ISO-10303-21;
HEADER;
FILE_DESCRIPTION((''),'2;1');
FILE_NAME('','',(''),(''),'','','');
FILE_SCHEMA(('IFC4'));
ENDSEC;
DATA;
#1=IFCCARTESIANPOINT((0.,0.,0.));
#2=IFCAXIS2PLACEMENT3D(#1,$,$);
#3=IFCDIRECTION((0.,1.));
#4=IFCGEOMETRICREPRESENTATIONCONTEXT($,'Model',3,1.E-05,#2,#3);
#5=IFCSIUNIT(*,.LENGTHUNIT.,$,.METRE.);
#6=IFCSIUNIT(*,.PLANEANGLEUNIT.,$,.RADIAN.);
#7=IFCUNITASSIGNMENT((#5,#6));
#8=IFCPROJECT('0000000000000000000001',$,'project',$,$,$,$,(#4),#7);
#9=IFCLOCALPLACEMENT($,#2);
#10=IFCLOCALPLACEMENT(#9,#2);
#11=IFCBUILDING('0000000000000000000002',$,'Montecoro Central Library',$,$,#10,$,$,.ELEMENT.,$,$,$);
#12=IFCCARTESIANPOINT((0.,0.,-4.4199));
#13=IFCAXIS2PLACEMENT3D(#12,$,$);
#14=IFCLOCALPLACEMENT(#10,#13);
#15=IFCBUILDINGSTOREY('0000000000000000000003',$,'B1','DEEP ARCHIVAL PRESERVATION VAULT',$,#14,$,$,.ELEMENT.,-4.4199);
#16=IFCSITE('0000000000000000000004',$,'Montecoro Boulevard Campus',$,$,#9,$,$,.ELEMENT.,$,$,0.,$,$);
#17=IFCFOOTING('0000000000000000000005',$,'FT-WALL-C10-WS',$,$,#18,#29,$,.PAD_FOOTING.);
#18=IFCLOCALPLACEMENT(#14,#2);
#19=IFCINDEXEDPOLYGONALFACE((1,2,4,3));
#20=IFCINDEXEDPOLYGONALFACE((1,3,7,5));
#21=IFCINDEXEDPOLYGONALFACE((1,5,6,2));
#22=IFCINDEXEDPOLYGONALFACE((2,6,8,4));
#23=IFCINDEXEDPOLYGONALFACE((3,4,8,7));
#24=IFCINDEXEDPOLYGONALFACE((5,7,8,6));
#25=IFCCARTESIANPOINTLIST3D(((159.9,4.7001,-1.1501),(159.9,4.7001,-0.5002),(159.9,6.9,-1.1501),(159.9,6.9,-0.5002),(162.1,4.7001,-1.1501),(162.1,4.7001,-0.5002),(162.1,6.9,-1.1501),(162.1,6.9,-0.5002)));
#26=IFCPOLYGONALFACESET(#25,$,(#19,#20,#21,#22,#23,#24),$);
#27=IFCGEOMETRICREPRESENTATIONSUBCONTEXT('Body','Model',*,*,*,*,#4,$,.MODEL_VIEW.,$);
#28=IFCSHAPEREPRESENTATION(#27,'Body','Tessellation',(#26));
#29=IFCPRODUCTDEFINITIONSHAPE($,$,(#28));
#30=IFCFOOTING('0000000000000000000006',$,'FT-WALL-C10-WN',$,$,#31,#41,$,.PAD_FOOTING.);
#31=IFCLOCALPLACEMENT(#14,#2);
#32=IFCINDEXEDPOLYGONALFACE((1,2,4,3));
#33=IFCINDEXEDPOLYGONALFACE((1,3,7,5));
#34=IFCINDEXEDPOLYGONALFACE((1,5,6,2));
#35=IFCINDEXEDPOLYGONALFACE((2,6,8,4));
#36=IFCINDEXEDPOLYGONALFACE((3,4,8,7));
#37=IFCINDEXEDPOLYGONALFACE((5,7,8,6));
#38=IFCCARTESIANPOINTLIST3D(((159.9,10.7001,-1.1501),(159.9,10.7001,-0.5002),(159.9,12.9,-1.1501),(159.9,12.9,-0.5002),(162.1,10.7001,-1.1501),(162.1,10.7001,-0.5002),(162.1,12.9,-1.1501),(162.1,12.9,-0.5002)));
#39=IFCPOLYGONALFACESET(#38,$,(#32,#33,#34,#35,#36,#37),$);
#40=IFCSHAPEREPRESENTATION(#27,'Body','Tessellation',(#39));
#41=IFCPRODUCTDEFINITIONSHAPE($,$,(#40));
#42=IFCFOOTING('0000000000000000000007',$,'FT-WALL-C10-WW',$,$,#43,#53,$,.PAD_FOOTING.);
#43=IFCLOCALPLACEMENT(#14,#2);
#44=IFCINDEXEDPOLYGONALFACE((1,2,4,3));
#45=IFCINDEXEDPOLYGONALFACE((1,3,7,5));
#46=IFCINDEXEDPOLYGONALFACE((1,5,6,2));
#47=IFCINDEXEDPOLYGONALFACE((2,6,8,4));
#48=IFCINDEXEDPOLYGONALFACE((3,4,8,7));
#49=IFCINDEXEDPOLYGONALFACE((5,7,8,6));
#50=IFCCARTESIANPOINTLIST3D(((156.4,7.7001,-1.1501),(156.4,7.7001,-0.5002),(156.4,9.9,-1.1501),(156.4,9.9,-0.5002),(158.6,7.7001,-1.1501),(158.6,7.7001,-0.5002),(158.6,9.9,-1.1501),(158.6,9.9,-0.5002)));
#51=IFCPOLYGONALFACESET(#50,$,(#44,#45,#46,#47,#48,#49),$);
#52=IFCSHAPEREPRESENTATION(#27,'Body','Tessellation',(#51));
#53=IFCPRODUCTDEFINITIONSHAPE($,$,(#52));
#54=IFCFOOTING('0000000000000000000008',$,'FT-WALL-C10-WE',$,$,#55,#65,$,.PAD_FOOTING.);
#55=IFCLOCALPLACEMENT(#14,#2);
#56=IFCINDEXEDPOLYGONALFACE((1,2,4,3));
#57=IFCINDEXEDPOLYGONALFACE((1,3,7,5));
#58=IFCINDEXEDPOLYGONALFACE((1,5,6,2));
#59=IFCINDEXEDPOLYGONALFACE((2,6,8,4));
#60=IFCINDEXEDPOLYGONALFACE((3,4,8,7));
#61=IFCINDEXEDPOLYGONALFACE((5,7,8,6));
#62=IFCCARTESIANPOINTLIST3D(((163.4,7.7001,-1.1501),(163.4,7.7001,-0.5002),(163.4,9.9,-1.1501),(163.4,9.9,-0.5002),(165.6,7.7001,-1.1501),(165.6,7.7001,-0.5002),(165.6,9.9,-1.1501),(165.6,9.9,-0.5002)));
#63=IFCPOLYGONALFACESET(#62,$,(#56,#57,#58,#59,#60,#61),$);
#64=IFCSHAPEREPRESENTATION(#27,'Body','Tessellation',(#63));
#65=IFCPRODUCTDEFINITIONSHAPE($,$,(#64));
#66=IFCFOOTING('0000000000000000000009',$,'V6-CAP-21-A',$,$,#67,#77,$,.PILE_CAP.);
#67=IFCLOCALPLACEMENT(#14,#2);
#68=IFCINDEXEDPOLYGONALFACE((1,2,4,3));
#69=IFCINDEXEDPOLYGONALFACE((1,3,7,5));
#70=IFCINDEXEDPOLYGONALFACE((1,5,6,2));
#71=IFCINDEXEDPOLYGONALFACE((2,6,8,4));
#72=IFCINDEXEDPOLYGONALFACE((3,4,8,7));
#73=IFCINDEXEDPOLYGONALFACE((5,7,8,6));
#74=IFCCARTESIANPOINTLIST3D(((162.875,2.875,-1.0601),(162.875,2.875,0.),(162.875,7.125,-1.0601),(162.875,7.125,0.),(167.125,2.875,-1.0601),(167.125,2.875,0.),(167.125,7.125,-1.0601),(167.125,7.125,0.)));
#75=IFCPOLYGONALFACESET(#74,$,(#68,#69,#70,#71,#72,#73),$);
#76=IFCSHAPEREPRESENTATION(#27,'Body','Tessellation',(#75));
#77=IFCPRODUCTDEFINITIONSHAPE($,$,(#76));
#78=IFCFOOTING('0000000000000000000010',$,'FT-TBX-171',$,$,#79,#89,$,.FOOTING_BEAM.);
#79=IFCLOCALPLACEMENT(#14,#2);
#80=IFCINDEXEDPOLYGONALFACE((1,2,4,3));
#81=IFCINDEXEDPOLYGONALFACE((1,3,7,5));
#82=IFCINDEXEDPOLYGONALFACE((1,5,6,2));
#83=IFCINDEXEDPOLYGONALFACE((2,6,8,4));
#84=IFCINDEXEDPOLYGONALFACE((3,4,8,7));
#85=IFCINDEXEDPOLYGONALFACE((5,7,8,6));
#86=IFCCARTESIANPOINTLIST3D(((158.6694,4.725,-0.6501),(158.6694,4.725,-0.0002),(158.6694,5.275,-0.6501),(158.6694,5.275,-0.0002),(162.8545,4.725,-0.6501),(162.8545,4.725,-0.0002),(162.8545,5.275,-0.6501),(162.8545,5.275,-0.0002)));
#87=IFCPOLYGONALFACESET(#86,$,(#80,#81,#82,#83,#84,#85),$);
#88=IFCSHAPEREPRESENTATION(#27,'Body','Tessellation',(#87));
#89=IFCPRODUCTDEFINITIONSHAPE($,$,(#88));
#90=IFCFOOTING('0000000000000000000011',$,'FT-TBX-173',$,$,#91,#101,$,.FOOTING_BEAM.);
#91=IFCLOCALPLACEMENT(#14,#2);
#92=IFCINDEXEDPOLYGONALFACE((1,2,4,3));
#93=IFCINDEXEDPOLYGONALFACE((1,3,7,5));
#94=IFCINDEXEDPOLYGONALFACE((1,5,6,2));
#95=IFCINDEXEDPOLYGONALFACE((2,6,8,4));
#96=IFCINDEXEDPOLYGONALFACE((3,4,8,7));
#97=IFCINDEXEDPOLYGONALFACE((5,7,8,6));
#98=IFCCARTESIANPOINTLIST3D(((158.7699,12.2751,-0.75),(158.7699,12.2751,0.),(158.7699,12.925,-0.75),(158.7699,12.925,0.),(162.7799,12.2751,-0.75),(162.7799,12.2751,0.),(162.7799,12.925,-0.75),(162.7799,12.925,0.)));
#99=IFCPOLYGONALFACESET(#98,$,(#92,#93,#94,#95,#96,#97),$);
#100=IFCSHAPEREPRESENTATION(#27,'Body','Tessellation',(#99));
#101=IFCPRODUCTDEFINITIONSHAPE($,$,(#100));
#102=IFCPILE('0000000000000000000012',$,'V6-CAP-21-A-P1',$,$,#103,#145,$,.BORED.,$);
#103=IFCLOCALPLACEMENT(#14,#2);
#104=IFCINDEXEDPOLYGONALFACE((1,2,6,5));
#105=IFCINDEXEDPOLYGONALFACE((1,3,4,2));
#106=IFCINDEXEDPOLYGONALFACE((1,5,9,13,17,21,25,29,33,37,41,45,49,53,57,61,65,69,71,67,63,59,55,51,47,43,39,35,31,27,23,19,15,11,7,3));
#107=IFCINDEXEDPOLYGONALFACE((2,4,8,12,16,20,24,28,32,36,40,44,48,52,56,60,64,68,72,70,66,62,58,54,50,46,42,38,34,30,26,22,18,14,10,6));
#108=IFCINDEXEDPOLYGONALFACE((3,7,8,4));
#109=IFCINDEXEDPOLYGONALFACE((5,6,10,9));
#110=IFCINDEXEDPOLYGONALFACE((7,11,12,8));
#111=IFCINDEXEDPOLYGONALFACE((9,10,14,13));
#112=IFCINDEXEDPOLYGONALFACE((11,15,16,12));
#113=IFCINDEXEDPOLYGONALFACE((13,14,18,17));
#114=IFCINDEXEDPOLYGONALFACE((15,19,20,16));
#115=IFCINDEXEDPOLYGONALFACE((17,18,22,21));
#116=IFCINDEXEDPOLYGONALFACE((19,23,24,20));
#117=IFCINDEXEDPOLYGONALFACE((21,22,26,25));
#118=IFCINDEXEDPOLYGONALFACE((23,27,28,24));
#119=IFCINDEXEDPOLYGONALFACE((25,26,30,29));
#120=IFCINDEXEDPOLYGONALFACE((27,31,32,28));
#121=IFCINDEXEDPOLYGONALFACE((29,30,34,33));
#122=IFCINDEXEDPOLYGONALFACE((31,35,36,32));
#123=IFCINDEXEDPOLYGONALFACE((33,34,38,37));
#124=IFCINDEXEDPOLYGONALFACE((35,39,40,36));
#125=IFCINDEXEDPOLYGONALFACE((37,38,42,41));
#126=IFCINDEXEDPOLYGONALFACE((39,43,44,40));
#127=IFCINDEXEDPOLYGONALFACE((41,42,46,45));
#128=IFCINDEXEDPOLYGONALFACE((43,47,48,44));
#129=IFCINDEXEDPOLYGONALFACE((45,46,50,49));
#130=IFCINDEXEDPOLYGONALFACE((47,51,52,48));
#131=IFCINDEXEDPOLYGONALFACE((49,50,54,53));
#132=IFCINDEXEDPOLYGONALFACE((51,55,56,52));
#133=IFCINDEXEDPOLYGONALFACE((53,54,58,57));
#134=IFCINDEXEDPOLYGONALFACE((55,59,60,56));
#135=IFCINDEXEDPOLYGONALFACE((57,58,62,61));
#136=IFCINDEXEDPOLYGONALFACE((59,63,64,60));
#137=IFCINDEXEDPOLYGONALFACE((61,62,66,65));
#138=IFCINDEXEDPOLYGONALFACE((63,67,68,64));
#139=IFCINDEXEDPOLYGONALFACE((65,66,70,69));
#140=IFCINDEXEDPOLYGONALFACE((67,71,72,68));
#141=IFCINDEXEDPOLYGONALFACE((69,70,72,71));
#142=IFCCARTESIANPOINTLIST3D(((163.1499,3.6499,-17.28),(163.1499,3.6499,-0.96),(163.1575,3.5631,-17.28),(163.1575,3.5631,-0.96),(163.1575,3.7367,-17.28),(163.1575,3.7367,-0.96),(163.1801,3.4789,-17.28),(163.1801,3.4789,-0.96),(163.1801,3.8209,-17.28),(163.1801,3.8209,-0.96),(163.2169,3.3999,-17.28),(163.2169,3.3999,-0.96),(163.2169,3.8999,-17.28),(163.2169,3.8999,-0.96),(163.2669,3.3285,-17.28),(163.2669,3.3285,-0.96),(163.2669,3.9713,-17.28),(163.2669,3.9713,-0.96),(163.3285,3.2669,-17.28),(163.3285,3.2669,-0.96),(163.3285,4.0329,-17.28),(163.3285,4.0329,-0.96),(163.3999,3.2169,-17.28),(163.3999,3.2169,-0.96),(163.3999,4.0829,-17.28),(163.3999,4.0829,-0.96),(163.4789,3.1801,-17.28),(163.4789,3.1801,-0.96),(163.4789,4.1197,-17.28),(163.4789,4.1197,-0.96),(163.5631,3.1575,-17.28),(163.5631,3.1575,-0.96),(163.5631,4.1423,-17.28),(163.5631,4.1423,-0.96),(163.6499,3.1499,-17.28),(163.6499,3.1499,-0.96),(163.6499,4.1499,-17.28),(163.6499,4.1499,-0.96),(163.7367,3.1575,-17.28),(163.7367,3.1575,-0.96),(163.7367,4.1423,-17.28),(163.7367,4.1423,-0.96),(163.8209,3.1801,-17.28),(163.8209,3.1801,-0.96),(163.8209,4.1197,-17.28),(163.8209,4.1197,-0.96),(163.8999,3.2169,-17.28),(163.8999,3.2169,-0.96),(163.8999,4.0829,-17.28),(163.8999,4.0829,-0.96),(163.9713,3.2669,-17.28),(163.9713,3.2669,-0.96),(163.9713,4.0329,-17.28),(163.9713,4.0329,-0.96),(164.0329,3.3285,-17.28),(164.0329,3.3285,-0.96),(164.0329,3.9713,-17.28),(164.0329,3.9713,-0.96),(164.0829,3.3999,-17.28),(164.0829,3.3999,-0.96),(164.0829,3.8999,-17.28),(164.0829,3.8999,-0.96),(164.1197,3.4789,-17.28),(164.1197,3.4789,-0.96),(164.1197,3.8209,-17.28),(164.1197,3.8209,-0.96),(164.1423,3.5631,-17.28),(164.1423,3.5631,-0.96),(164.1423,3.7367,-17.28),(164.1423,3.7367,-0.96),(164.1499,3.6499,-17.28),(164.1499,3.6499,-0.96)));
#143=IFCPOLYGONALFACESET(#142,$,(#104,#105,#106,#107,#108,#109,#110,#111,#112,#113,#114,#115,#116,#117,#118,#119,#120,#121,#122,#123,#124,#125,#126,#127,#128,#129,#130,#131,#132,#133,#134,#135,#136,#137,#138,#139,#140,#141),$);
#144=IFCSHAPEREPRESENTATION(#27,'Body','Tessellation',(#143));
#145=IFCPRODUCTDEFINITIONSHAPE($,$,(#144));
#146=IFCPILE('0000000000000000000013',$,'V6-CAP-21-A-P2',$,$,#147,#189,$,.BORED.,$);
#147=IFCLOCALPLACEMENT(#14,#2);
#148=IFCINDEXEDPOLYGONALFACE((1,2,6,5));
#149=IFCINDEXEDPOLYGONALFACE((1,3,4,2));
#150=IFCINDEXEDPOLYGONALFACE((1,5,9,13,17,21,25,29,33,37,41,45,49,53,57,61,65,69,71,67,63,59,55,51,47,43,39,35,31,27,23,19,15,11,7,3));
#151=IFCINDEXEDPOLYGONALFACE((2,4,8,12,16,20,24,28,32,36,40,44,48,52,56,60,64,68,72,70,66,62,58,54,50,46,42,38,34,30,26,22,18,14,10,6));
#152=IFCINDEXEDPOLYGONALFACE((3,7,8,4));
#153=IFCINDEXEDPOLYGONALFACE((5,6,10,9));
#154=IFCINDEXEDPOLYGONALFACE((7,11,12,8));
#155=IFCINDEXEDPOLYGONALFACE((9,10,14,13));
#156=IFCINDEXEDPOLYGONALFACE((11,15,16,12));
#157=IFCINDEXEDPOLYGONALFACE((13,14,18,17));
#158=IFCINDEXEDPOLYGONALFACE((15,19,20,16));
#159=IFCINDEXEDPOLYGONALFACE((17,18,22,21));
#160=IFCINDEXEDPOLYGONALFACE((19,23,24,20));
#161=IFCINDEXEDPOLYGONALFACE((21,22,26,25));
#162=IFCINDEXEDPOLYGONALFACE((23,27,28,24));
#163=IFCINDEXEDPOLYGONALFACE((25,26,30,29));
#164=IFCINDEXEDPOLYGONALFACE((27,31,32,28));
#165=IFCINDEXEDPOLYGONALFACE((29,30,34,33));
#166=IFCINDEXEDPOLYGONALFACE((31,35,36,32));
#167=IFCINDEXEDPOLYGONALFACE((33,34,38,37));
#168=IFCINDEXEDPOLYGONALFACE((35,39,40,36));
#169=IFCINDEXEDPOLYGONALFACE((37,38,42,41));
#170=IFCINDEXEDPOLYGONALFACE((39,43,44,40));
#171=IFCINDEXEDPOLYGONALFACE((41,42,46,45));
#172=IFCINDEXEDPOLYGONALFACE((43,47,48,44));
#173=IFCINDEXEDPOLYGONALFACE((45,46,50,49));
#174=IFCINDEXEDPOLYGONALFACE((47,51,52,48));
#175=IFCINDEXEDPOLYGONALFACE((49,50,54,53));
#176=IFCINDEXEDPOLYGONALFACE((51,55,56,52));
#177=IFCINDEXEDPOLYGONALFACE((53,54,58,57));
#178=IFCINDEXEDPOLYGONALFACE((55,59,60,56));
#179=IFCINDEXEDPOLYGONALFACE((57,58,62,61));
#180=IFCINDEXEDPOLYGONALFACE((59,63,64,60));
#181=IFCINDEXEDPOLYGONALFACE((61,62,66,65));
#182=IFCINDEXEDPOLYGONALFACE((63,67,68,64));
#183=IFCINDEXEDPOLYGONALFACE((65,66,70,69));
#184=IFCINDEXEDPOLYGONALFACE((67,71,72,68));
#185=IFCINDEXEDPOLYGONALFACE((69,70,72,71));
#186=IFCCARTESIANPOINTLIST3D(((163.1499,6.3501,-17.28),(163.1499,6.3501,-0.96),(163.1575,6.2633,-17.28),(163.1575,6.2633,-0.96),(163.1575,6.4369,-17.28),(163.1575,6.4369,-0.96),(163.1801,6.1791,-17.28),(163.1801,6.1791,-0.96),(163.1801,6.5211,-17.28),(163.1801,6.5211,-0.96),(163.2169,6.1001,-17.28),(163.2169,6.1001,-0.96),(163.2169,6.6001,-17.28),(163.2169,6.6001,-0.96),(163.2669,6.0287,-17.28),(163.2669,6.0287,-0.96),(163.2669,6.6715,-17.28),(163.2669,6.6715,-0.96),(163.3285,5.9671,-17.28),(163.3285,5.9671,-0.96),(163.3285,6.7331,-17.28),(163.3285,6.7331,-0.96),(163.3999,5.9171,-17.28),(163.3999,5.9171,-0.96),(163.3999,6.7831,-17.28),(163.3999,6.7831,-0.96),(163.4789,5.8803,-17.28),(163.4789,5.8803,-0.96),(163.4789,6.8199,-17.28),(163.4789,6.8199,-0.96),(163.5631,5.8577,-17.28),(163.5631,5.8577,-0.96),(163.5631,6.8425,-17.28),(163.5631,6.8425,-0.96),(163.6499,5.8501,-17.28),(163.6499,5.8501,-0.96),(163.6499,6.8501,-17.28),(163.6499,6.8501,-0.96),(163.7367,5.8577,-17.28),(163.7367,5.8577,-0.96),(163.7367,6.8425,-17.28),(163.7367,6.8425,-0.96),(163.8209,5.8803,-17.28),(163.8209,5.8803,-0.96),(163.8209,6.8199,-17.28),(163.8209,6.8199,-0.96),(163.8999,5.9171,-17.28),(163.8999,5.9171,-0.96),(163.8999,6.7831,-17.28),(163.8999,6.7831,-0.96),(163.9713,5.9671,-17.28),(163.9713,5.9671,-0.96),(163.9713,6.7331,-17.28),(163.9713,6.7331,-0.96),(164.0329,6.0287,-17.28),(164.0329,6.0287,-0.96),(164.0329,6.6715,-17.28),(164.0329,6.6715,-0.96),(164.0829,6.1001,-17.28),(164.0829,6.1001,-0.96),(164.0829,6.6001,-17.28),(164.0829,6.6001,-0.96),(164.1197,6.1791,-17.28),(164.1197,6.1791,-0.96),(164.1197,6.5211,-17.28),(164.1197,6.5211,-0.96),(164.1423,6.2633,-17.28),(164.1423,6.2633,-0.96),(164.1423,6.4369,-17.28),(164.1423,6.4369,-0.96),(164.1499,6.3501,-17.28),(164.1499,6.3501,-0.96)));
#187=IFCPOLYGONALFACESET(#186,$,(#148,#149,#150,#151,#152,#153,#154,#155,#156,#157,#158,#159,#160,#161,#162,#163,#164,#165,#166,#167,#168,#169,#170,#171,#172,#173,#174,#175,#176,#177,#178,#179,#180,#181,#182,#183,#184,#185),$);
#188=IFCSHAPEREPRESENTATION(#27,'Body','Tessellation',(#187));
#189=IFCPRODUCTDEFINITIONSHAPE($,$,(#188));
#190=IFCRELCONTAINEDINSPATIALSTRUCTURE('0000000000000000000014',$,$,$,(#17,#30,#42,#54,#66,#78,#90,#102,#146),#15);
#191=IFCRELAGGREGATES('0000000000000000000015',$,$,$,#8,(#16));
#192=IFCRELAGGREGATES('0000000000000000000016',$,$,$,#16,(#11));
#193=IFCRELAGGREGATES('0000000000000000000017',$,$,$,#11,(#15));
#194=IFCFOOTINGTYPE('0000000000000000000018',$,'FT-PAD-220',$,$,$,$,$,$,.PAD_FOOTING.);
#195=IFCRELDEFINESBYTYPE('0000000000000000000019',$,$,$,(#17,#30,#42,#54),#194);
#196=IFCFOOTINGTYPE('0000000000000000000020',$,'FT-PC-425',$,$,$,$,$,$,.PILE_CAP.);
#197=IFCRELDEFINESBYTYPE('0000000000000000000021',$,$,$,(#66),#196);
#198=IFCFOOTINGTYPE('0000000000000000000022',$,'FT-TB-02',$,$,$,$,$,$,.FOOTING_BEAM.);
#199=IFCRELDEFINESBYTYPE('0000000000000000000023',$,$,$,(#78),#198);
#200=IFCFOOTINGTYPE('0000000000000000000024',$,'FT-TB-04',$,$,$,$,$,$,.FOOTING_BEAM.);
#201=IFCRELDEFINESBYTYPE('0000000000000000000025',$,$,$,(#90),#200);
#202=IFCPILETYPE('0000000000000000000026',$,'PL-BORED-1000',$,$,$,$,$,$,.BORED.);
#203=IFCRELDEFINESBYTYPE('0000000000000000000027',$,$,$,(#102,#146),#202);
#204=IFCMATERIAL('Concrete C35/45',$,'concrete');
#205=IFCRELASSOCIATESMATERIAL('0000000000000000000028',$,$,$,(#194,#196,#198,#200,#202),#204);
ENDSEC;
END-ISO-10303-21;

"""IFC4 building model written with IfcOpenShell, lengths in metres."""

from ifc_helpers import new_model, si_unit, direction, frame, origin, origin_2d, place, context, subcontext, project, spatial, rectangle, circle, extrude, material, material_profile, profile_set, type_object, element, save


model = new_model("IFC4")

# Units and contexts
model_context = context("Model", 3, precision=1e-05, world=origin(), true_north=direction((0.0, 1.0)))
body_context = subcontext(model_context, "Body", "Model", "MODEL_VIEW")
ifc_project = project(units=[si_unit("LENGTHUNIT", "METRE"), si_unit("PLANEANGLEUNIT", "RADIAN")], contexts=[model_context])

# Site, building, storey
site_placement = place(None, origin())
site = spatial("IfcSite", under=ifc_project, at=site_placement, Name="Montecoro Boulevard Campus", CompositionType="ELEMENT", RefElevation=0.0)
building_placement = place(site_placement, origin())
building = spatial("IfcBuilding", under=site, at=building_placement, Name="Montecoro Central Library", CompositionType="ELEMENT")
storey_placement = place(building_placement, frame((0.0, 0.0, -4.4199)))
storey = spatial("IfcBuildingStorey", under=building, at=storey_placement, Name="B1", Description="DEEP ARCHIVAL PRESERVATION VAULT", CompositionType="ELEMENT", Elevation=-4.4199)

# Footings
ifc_material_1 = material(Name="Concrete C35/45", Category="concrete")
footing_type_1 = type_object("IfcFootingType", Name="FT-PAD-220", PredefinedType="PAD_FOOTING", material=ifc_material_1)
for number, where, z_axis, x_axis, name in (
    (1, (161.0, 5.8, -1.1501), (0.0, 0.0, 1.0), (1.0, 0.0, 0.0), "FT-WALL-C10-WS"),
    (2, (161.0, 11.8, -1.1501), (0.0, 0.0, 1.0), (1.0, 0.0, 0.0), "FT-WALL-C10-WN"),
    (3, (157.5, 8.8, -1.1501), (0.0, 0.0, 1.0), (1.0, 0.0, 0.0), "FT-WALL-C10-WW"),
    (4, (164.5, 8.8, -1.1501), (0.0, 0.0, 1.0), (1.0, 0.0, 0.0), "FT-WALL-C10-WE"),
):
    element("IfcFooting", number, at=place(storey_placement, frame(where, z_axis=z_axis, x_axis=x_axis)), inside=storey, type_object=footing_type_1, Name=name, PredefinedType="PAD_FOOTING", context=body_context, shape_type="SweptSolid", body=[
        extrude(rectangle(XDim=2.2, YDim=2.2, at=origin_2d()), origin(), (0.0, 0.0, 1.0), 0.6499),
    ])
footing_type_2 = type_object("IfcFootingType", Name="FT-PC-425", PredefinedType="PILE_CAP", material=ifc_material_1)
footing_1_placement = place(storey_placement, frame((165.0, 5.0, -1.0601), z_axis=(0.0, 0.0, 1.0), x_axis=(1.0, 0.0, 0.0)))
element("IfcFooting", 5, at=footing_1_placement, inside=storey, type_object=footing_type_2, Name="V6-CAP-21-A", PredefinedType="PILE_CAP", context=body_context, shape_type="SweptSolid", body=[
    extrude(rectangle(XDim=4.25, YDim=4.25, at=origin_2d()), origin(), (0.0, 0.0, 1.0), 1.0601),
])
footing_type_3 = type_object("IfcFootingType", Name="FT-TB-02", PredefinedType="FOOTING_BEAM", material=ifc_material_1)
footing_2_placement = place(storey_placement, frame((160.762, 5.0, -0.6501), z_axis=(0.0, 0.0, 1.0), x_axis=(1.0, 0.0, 0.0)))
element("IfcFooting", 6, at=footing_2_placement, inside=storey, type_object=footing_type_3, Name="FT-TBX-171", PredefinedType="FOOTING_BEAM", context=body_context, shape_type="SweptSolid", body=[
    extrude(rectangle(XDim=4.1851, YDim=0.55, at=origin_2d()), origin(), (0.0, 0.0, 1.0), 0.6499),
])
footing_type_4 = type_object("IfcFootingType", Name="FT-TB-04", PredefinedType="FOOTING_BEAM", material=ifc_material_1)
footing_3_placement = place(storey_placement, frame((160.7749, 12.6001, -0.75), z_axis=(0.0, 0.0, 1.0), x_axis=(1.0, 0.0, 0.0)))
element("IfcFooting", 7, at=footing_3_placement, inside=storey, type_object=footing_type_4, Name="FT-TBX-173", PredefinedType="FOOTING_BEAM", context=body_context, shape_type="SweptSolid", body=[
    extrude(rectangle(XDim=4.01, YDim=0.6499, at=origin_2d()), origin(), (0.0, 0.0, 1.0), 0.75),
])

# Piles
ifc_material_profile_1 = material_profile(ifc_material_1, circle(Radius=0.5, at=origin_2d()), Name="PILE D1000")
ifc_profile_set_1 = profile_set([ifc_material_profile_1], Name="Concrete C35/45")
pile_type_1 = type_object("IfcPileType", Name="PL-BORED-1000", PredefinedType="BORED", material=ifc_profile_set_1)
for number, where, z_axis, x_axis, name in (
    (8, (163.6499, 3.6499, -0.96), (0.0, 0.0, -1.0), (1.0, 0.0, 0.0), "V6-CAP-21-A-P1"),
    (9, (163.6499, 6.3501, -0.96), (0.0, 0.0, -1.0), (1.0, 0.0, 0.0), "V6-CAP-21-A-P2"),
):
    element("IfcPile", number, at=place(storey_placement, frame(where, z_axis=z_axis, x_axis=x_axis)), inside=storey, type_object=pile_type_1, Name=name, PredefinedType="BORED", context=body_context, shape_type="SweptSolid", body=[
        extrude(circle(Radius=0.5, at=origin_2d()), origin(), (0.0, 0.0, 1.0), 16.3201),
    ])

save(model, "model.ifc")
